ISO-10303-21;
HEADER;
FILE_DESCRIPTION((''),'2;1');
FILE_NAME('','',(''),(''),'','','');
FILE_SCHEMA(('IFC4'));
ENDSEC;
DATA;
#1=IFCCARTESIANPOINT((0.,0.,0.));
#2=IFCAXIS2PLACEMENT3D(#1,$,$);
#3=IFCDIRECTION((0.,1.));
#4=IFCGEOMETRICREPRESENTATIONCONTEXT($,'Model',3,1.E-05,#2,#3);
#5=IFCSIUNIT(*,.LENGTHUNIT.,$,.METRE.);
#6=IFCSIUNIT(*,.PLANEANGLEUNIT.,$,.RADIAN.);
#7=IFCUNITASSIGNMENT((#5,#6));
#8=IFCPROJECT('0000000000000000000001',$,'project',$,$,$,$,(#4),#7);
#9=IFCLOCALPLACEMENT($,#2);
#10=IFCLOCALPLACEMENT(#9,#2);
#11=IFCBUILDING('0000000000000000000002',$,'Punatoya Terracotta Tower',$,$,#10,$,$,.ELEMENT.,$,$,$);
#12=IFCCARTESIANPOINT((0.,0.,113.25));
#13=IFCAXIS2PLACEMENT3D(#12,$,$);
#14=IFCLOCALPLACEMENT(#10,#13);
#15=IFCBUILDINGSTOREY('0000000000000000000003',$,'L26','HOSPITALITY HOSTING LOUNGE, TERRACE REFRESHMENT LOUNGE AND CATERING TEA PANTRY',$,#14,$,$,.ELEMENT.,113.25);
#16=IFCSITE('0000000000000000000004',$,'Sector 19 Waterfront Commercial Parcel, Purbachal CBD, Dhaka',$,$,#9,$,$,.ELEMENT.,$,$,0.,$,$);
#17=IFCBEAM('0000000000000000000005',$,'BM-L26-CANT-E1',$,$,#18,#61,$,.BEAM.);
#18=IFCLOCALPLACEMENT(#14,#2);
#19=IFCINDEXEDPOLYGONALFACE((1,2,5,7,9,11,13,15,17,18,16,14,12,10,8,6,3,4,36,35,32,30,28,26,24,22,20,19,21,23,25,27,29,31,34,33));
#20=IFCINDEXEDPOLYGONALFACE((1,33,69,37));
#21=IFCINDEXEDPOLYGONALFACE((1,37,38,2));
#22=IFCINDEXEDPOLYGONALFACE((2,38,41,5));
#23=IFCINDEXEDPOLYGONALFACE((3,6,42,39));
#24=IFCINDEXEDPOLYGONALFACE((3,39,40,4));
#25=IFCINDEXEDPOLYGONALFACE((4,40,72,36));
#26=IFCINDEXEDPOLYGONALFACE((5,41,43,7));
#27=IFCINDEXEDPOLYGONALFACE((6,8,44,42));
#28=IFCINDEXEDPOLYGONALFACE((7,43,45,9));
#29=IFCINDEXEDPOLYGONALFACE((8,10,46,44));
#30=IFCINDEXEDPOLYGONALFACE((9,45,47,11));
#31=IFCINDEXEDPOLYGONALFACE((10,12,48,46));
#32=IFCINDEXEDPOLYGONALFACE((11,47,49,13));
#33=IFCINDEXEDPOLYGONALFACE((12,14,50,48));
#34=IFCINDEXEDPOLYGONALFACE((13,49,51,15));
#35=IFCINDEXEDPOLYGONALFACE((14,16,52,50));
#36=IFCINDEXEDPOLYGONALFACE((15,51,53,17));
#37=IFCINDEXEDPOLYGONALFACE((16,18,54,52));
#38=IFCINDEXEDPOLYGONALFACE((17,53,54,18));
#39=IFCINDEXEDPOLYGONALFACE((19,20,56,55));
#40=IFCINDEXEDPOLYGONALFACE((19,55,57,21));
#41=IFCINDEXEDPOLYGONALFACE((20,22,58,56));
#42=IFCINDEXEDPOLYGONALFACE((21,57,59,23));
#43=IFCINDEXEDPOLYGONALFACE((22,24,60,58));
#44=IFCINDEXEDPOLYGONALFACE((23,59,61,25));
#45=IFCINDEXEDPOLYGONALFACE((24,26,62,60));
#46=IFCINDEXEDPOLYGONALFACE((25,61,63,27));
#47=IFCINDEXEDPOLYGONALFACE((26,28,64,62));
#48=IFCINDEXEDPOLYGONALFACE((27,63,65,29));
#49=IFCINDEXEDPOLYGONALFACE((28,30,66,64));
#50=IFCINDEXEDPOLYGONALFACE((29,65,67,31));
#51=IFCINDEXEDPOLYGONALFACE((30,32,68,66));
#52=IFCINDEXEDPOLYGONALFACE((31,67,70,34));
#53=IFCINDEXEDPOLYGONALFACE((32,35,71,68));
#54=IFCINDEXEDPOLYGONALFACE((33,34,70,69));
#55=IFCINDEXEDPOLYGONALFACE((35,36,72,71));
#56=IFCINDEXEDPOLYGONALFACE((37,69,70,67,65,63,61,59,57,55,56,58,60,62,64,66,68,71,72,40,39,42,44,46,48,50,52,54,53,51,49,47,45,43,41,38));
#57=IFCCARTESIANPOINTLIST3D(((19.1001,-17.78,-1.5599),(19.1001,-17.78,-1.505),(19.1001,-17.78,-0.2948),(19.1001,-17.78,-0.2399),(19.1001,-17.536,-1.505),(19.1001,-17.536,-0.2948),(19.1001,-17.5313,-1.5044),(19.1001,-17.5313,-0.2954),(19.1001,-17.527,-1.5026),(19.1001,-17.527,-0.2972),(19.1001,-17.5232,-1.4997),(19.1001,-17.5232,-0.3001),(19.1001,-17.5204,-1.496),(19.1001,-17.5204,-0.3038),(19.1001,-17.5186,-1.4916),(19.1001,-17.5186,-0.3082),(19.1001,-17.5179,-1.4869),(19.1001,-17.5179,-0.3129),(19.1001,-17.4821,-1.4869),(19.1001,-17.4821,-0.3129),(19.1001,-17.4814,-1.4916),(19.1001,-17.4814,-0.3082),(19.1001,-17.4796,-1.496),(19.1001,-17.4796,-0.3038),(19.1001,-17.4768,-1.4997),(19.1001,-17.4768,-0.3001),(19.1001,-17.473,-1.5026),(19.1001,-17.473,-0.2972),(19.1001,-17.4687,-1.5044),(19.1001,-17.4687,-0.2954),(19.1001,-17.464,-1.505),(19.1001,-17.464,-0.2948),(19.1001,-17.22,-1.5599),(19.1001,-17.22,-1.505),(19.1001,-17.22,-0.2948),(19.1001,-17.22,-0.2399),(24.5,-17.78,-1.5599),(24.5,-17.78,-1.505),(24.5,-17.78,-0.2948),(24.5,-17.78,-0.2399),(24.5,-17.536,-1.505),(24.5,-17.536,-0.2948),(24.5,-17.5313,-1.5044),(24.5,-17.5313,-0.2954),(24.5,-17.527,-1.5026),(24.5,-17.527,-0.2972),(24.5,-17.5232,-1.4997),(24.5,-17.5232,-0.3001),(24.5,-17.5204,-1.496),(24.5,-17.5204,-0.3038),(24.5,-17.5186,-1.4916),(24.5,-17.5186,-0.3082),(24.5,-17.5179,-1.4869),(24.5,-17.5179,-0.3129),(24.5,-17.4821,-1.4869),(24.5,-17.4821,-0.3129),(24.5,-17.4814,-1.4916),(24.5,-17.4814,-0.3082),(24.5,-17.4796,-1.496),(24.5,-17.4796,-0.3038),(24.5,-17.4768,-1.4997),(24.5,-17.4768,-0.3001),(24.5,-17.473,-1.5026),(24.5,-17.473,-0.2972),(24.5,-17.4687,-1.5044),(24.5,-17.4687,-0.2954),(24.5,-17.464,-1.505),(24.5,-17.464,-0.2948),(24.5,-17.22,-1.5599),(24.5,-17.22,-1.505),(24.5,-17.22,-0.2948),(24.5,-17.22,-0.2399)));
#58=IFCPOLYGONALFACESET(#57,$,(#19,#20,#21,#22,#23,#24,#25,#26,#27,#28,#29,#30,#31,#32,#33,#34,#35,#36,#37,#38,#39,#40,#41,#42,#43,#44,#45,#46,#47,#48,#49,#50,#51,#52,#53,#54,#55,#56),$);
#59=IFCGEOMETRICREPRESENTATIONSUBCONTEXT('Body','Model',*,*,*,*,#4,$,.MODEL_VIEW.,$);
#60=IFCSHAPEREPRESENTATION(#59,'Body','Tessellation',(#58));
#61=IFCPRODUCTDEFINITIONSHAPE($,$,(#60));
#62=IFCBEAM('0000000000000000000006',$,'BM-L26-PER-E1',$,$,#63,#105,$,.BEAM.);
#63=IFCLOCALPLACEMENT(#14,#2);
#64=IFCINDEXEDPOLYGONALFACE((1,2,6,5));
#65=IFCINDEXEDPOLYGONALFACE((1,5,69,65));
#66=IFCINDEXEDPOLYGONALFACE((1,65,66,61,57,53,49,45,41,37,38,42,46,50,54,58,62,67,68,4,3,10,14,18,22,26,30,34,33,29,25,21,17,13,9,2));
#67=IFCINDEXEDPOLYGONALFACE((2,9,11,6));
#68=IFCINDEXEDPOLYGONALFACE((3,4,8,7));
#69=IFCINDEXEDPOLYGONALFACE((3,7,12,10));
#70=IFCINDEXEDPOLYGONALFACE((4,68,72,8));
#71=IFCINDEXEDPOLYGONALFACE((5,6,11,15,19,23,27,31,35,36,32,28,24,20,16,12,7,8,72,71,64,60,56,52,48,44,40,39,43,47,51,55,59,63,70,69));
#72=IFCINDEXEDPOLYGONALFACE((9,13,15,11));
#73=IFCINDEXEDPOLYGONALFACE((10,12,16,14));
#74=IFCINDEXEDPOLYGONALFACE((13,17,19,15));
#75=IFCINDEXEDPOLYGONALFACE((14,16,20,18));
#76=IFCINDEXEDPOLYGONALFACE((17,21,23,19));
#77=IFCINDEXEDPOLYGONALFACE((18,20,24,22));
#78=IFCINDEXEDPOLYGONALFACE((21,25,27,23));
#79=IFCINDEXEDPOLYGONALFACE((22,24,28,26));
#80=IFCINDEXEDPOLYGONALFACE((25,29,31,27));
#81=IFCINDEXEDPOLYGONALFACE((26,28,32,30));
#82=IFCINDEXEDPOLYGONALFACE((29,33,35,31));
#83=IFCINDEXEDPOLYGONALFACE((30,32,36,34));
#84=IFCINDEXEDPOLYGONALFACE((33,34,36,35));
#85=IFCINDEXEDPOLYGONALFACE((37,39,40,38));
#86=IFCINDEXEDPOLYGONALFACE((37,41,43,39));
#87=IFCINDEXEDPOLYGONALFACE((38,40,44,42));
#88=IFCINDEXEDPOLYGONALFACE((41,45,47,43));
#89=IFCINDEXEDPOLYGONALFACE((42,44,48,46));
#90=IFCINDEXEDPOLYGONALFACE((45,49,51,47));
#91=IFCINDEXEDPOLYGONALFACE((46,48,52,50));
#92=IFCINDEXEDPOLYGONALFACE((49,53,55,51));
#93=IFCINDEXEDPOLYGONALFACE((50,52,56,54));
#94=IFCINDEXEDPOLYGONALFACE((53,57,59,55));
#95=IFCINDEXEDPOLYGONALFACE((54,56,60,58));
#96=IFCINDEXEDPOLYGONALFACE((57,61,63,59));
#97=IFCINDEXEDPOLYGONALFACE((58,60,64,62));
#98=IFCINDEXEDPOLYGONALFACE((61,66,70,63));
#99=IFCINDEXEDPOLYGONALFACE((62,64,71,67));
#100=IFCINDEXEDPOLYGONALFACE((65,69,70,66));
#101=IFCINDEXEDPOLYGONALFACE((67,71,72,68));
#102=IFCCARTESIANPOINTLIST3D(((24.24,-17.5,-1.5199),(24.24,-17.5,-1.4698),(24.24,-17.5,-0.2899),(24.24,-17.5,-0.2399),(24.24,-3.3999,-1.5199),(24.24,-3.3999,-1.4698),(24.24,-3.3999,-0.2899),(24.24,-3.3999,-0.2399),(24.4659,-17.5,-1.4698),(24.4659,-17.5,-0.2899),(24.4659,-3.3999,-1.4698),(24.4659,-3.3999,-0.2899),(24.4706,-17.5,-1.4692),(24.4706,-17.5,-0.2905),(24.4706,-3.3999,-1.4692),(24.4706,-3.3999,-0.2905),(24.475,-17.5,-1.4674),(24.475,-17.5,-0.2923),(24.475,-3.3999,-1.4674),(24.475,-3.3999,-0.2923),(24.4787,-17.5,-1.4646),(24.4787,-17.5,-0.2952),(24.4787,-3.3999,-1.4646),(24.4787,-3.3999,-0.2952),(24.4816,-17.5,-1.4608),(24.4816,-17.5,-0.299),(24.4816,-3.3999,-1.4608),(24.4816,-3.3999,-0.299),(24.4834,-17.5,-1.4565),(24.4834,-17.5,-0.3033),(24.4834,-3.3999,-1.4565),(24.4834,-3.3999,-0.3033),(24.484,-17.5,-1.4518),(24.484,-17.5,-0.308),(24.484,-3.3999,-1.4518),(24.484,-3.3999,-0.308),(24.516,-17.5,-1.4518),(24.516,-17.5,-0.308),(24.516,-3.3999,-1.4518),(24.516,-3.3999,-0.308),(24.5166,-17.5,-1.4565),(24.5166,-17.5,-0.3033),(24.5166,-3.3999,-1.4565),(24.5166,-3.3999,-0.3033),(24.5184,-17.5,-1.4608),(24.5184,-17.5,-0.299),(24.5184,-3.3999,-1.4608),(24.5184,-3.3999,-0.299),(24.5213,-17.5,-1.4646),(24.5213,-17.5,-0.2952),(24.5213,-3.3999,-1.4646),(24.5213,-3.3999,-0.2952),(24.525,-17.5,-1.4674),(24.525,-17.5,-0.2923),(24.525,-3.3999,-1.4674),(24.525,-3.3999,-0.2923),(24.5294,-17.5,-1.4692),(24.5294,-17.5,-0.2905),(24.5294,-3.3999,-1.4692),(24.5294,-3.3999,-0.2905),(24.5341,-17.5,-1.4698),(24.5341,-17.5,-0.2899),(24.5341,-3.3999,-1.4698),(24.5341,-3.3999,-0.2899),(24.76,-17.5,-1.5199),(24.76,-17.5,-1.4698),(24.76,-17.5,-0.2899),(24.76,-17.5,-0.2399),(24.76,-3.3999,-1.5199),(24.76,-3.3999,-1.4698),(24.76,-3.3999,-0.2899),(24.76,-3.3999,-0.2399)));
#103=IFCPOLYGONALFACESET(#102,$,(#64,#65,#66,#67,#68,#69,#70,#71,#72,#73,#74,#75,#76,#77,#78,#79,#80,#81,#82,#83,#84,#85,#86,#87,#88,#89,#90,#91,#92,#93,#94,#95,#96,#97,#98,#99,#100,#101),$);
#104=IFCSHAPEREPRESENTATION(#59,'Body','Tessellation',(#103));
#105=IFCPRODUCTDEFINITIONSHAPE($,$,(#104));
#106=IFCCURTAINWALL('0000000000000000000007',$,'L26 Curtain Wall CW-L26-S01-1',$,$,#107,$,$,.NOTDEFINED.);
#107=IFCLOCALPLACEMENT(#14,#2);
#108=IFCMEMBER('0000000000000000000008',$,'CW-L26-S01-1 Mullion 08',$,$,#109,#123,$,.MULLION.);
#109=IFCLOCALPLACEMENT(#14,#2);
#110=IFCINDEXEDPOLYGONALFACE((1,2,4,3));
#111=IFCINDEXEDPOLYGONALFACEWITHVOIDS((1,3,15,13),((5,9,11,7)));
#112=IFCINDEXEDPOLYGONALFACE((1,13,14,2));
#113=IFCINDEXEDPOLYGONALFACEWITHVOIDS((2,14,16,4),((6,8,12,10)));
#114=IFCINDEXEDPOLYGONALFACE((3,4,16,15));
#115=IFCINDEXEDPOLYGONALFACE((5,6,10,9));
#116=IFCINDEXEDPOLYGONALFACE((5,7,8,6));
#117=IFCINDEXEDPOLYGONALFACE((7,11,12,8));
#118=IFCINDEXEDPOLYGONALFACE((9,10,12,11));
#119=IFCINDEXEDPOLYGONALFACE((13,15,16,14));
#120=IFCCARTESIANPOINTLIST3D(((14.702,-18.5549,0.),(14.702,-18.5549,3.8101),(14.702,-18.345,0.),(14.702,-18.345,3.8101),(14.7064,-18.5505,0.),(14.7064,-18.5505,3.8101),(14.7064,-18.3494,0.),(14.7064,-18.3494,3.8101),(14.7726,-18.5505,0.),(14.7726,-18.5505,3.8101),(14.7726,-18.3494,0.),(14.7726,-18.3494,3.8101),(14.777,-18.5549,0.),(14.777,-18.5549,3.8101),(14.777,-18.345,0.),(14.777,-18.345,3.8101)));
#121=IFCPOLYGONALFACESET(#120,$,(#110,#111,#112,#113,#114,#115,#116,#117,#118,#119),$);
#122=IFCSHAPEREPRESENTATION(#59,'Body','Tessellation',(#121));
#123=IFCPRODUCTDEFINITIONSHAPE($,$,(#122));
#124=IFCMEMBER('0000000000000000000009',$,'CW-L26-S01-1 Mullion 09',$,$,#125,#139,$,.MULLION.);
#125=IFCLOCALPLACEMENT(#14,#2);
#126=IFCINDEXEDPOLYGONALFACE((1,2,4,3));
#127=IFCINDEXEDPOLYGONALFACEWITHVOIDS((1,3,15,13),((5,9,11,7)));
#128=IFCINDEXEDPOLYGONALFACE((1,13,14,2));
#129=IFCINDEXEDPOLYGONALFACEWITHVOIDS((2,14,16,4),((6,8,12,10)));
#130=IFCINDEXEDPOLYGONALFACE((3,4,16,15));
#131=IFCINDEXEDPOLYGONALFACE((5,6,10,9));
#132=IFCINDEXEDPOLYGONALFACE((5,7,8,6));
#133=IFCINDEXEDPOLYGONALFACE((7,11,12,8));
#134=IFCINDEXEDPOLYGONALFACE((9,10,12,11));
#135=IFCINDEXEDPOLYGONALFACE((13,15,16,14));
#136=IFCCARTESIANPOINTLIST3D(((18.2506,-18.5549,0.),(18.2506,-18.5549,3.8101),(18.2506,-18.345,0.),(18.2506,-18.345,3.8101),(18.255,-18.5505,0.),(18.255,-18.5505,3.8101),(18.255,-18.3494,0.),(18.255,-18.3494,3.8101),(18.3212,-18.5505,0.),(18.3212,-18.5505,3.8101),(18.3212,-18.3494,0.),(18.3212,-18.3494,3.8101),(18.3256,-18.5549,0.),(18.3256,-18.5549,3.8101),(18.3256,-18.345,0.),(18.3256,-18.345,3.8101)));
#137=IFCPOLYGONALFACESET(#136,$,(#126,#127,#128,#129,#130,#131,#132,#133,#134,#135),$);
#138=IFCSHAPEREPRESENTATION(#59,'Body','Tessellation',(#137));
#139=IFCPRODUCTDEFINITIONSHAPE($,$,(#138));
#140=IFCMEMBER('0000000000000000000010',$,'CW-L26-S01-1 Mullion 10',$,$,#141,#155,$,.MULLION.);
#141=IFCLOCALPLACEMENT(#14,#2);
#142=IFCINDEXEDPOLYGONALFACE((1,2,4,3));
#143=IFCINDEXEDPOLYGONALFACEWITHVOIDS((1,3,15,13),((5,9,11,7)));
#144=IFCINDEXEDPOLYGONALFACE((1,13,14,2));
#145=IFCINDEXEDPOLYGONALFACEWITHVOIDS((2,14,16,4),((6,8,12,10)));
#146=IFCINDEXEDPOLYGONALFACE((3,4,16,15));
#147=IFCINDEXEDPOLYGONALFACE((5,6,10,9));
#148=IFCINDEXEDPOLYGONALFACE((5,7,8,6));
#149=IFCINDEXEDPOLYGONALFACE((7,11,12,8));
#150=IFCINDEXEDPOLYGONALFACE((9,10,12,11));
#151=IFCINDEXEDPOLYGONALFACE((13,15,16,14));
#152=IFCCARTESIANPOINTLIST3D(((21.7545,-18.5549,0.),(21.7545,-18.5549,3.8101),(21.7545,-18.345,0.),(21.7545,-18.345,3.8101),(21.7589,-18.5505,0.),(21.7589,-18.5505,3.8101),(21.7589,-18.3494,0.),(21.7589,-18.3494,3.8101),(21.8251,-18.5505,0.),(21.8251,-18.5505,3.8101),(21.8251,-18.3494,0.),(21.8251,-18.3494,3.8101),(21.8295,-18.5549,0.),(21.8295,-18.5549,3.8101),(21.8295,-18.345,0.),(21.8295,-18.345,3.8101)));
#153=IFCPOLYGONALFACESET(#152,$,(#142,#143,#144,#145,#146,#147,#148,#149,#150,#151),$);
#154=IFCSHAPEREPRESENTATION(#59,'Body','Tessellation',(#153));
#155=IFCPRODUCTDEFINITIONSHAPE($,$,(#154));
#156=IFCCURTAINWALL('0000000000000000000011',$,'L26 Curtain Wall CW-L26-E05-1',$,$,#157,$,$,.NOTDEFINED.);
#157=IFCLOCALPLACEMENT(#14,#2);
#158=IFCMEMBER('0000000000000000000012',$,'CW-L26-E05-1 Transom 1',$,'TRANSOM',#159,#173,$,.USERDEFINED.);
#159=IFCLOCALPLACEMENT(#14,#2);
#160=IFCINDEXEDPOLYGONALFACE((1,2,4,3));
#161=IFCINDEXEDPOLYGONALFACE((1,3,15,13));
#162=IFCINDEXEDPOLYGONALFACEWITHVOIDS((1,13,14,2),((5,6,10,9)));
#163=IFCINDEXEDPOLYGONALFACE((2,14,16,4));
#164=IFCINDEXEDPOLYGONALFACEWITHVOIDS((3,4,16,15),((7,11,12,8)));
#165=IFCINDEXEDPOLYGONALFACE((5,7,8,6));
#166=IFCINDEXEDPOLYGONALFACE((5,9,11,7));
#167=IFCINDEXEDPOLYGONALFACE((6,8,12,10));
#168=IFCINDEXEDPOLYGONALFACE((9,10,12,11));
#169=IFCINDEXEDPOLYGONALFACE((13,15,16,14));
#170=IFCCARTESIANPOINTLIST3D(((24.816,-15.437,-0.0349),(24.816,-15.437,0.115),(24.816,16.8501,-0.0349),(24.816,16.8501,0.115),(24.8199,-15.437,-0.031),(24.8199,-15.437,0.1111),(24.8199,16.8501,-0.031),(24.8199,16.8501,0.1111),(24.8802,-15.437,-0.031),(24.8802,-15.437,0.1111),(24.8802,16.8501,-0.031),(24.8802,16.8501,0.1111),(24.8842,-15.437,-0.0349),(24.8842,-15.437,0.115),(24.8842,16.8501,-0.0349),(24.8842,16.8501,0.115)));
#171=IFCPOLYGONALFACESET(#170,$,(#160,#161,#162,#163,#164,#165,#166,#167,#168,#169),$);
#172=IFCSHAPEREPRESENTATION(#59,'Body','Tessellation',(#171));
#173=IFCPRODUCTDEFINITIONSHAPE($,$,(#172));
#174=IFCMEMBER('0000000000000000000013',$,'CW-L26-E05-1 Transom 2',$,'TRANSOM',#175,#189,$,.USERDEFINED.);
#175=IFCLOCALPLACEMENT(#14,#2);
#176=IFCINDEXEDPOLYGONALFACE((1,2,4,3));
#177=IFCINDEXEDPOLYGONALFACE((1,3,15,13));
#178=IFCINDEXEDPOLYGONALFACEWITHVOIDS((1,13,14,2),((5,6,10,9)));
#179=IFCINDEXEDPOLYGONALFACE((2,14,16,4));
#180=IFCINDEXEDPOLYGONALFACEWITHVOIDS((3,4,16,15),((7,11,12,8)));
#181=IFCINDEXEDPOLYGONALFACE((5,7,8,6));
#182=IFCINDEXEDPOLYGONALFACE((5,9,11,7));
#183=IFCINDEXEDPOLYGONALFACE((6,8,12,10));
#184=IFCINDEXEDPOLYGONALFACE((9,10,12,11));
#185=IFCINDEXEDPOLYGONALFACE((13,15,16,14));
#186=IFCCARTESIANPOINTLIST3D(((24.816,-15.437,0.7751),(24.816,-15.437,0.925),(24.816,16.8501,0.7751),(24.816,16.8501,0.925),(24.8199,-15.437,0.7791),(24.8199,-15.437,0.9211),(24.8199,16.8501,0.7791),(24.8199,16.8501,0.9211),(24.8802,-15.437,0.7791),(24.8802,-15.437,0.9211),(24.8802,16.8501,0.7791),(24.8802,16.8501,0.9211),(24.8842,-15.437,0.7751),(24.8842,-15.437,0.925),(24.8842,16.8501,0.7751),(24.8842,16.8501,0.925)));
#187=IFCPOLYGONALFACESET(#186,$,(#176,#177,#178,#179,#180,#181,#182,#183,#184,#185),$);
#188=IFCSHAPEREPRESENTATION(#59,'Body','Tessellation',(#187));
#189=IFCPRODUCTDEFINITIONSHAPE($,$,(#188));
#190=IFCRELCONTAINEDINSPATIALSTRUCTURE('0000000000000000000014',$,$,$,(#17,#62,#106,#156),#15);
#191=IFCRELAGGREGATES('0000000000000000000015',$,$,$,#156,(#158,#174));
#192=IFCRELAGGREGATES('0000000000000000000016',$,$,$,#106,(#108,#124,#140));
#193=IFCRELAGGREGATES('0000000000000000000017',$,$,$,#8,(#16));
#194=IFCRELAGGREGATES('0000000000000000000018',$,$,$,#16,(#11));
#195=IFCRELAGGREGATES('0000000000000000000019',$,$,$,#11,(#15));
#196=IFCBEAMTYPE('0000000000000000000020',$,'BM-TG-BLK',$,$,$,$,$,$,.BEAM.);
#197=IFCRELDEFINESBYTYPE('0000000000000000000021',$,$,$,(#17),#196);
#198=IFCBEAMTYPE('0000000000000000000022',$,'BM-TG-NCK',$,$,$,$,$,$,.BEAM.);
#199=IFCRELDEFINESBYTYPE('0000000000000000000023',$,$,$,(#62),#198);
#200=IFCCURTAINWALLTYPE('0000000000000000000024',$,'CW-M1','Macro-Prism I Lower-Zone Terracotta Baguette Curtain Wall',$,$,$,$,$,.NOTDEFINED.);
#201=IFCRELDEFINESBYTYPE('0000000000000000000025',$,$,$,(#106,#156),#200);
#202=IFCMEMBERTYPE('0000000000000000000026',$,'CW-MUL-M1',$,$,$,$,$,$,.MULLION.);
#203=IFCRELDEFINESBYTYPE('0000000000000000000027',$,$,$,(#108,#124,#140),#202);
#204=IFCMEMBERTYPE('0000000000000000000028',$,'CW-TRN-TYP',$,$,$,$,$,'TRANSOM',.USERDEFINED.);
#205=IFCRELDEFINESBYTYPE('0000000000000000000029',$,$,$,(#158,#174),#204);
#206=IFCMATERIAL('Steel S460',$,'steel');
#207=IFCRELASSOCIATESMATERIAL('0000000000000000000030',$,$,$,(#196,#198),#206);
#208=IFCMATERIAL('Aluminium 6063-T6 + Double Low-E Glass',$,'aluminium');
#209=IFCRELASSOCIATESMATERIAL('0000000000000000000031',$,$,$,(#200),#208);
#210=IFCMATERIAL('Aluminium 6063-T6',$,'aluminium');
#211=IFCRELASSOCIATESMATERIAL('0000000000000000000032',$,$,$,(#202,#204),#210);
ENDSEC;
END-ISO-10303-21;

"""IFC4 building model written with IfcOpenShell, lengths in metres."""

from ifc_helpers import new_model, si_unit, direction, frame, origin, origin_2d, place, context, subcontext, project, spatial, hollow_rectangle, i_section, extrude, material, material_profile, profile_set, type_object, element, aggregate, save


model = new_model("IFC4")

# Units and contexts
model_context = context("Model", 3, precision=1e-05, world=origin(), true_north=direction((0.0, 1.0)))
body_context = subcontext(model_context, "Body", "Model", "MODEL_VIEW")
ifc_project = project(units=[si_unit("LENGTHUNIT", "METRE"), si_unit("PLANEANGLEUNIT", "RADIAN")], contexts=[model_context])

# Site, building, storey
site_placement = place(None, origin())
site = spatial("IfcSite", under=ifc_project, at=site_placement, Name="Sector 19 Waterfront Commercial Parcel, Purbachal CBD, Dhaka", CompositionType="ELEMENT", RefElevation=0.0)
building_placement = place(site_placement, origin())
building = spatial("IfcBuilding", under=site, at=building_placement, Name="Punatoya Terracotta Tower", CompositionType="ELEMENT")
storey_placement = place(building_placement, frame((0.0, 0.0, 113.25)))
storey = spatial("IfcBuildingStorey", under=building, at=storey_placement, Name="L26", Description="HOSPITALITY HOSTING LOUNGE, TERRACE REFRESHMENT LOUNGE AND CATERING TEA PANTRY", CompositionType="ELEMENT", Elevation=113.25)

# Shared definitions
ifc_material_1 = material(Name="Steel S460", Category="steel")

# Beams
ifc_material_profile_1 = material_profile(ifc_material_1, i_section(OverallWidth=0.5601, OverallDepth=1.3201, WebThickness=0.0359, FlangeThickness=0.0549, FilletRadius=0.0181, at=origin_2d()))
ifc_profile_set_1 = profile_set([ifc_material_profile_1], Name="Steel S460")
beam_type_1 = type_object("IfcBeamType", Name="BM-TG-BLK", PredefinedType="BEAM", material=ifc_profile_set_1)
beam_1_placement = place(storey_placement, frame((19.1001, -17.5, -0.8999), z_axis=(1.0, 0.0, 0.0), x_axis=(0.0, 1.0, 0.0)))
element("IfcBeam", 1, at=beam_1_placement, inside=storey, type_object=beam_type_1, Name="BM-L26-CANT-E1", PredefinedType="BEAM", context=body_context, shape_type="SweptSolid", body=[
    extrude(i_section(OverallWidth=0.5601, OverallDepth=1.3201, WebThickness=0.0359, FlangeThickness=0.0549, FilletRadius=0.0181, at=origin_2d()), origin(), (0.0, 0.0, 1.0), 5.3999),
])
ifc_material_profile_2 = material_profile(ifc_material_1, i_section(OverallWidth=0.52, OverallDepth=1.28, WebThickness=0.032, FlangeThickness=0.05, FilletRadius=0.0181, at=origin_2d()))
ifc_profile_set_2 = profile_set([ifc_material_profile_2], Name="Steel S460")
beam_type_2 = type_object("IfcBeamType", Name="BM-TG-NCK", PredefinedType="BEAM", material=ifc_profile_set_2)
beam_2_placement = place(storey_placement, frame((24.5, -17.5, -0.8799), z_axis=(0.0, 1.0, 0.0), x_axis=(-1.0, 0.0, 0.0)))
element("IfcBeam", 2, at=beam_2_placement, inside=storey, type_object=beam_type_2, Name="BM-L26-PER-E1", PredefinedType="BEAM", context=body_context, shape_type="SweptSolid", body=[
    extrude(i_section(OverallWidth=0.52, OverallDepth=1.28, WebThickness=0.032, FlangeThickness=0.05, FilletRadius=0.0181, at=origin_2d()), origin(), (0.0, 0.0, 1.0), 14.1001),
])

# Curtain walls, members
ifc_material_2 = material(Name="Aluminium 6063-T6 + Double Low-E Glass", Category="aluminium")
curtain_wall_type = type_object("IfcCurtainWallType", Name="CW-M1", Description="Macro-Prism I Lower-Zone Terracotta Baguette Curtain Wall", PredefinedType="NOTDEFINED", material=ifc_material_2)
curtain_wall_1_placement = place(storey_placement, origin())
curtain_wall_1 = element("IfcCurtainWall", 3, at=curtain_wall_1_placement, inside=storey, type_object=curtain_wall_type, Name="L26 Curtain Wall CW-L26-S01-1", PredefinedType="NOTDEFINED")
ifc_material_3 = material(Name="Aluminium 6063-T6", Category="aluminium")
ifc_material_profile_3 = material_profile(ifc_material_3, hollow_rectangle(XDim=0.075, YDim=0.21, WallThickness=0.0044, at=origin_2d()))
ifc_profile_set_3 = profile_set([ifc_material_profile_3], Name="Aluminium 6063-T6")
member_type_1 = type_object("IfcMemberType", Name="CW-MUL-M1", PredefinedType="MULLION", material=ifc_profile_set_3)
member_1_placement = place(storey_placement, frame((14.7395, -18.45, 0.0), z_axis=(0.0, 0.0, 1.0), x_axis=(1.0, 0.0, 0.0)))
member_1 = element("IfcMember", 4, at=member_1_placement, type_object=member_type_1, Name="CW-L26-S01-1 Mullion 08", PredefinedType="MULLION", context=body_context, shape_type="SweptSolid", body=[
    extrude(hollow_rectangle(XDim=0.075, YDim=0.21, WallThickness=0.0044, at=origin_2d()), origin(), (0.0, 0.0, 1.0), 3.8101),
])
member_2_placement = place(storey_placement, frame((18.2881, -18.45, 0.0), z_axis=(0.0, 0.0, 1.0), x_axis=(1.0, 0.0, 0.0)))
member_2 = element("IfcMember", 5, at=member_2_placement, type_object=member_type_1, Name="CW-L26-S01-1 Mullion 09", PredefinedType="MULLION", context=body_context, shape_type="SweptSolid", body=[
    extrude(hollow_rectangle(XDim=0.075, YDim=0.21, WallThickness=0.0044, at=origin_2d()), origin(), (0.0, 0.0, 1.0), 3.8101),
])
member_3_placement = place(storey_placement, frame((21.792, -18.45, 0.0), z_axis=(0.0, 0.0, 1.0), x_axis=(1.0, 0.0, 0.0)))
member_3 = element("IfcMember", 6, at=member_3_placement, type_object=member_type_1, Name="CW-L26-S01-1 Mullion 10", PredefinedType="MULLION", context=body_context, shape_type="SweptSolid", body=[
    extrude(hollow_rectangle(XDim=0.075, YDim=0.21, WallThickness=0.0044, at=origin_2d()), origin(), (0.0, 0.0, 1.0), 3.8101),
])
curtain_wall_2_placement = place(storey_placement, origin())
curtain_wall_2 = element("IfcCurtainWall", 7, at=curtain_wall_2_placement, inside=storey, type_object=curtain_wall_type, Name="L26 Curtain Wall CW-L26-E05-1", PredefinedType="NOTDEFINED")
ifc_material_profile_4 = material_profile(ifc_material_3, hollow_rectangle(XDim=0.0681, YDim=0.1499, WallThickness=0.0039, at=origin_2d()))
ifc_profile_set_4 = profile_set([ifc_material_profile_4], Name="Aluminium 6063-T6")
member_type_2 = type_object("IfcMemberType", Name="CW-TRN-TYP", ElementType="TRANSOM", PredefinedType="USERDEFINED", material=ifc_profile_set_4)
member_4_placement = place(storey_placement, frame((24.8501, -15.437, 0.04), z_axis=(0.0, 1.0, 0.0), x_axis=(-1.0, 0.0, 0.0)))
member_4 = element("IfcMember", 8, at=member_4_placement, type_object=member_type_2, Name="CW-L26-E05-1 Transom 1", ObjectType="TRANSOM", PredefinedType="USERDEFINED", context=body_context, shape_type="SweptSolid", body=[
    extrude(hollow_rectangle(XDim=0.0681, YDim=0.1499, WallThickness=0.0039, at=origin_2d()), origin(), (0.0, 0.0, 1.0), 32.2871),
])
member_5_placement = place(storey_placement, frame((24.8501, -15.437, 0.8501), z_axis=(0.0, 1.0, 0.0), x_axis=(-1.0, 0.0, 0.0)))
member_5 = element("IfcMember", 9, at=member_5_placement, type_object=member_type_2, Name="CW-L26-E05-1 Transom 2", ObjectType="TRANSOM", PredefinedType="USERDEFINED", context=body_context, shape_type="SweptSolid", body=[
    extrude(hollow_rectangle(XDim=0.0681, YDim=0.1499, WallThickness=0.0039, at=origin_2d()), origin(), (0.0, 0.0, 1.0), 32.2871),
])
aggregate(curtain_wall_2, [member_4, member_5])

aggregate(curtain_wall_1, [member_1, member_2, member_3])

save(model, "model.ifc")
